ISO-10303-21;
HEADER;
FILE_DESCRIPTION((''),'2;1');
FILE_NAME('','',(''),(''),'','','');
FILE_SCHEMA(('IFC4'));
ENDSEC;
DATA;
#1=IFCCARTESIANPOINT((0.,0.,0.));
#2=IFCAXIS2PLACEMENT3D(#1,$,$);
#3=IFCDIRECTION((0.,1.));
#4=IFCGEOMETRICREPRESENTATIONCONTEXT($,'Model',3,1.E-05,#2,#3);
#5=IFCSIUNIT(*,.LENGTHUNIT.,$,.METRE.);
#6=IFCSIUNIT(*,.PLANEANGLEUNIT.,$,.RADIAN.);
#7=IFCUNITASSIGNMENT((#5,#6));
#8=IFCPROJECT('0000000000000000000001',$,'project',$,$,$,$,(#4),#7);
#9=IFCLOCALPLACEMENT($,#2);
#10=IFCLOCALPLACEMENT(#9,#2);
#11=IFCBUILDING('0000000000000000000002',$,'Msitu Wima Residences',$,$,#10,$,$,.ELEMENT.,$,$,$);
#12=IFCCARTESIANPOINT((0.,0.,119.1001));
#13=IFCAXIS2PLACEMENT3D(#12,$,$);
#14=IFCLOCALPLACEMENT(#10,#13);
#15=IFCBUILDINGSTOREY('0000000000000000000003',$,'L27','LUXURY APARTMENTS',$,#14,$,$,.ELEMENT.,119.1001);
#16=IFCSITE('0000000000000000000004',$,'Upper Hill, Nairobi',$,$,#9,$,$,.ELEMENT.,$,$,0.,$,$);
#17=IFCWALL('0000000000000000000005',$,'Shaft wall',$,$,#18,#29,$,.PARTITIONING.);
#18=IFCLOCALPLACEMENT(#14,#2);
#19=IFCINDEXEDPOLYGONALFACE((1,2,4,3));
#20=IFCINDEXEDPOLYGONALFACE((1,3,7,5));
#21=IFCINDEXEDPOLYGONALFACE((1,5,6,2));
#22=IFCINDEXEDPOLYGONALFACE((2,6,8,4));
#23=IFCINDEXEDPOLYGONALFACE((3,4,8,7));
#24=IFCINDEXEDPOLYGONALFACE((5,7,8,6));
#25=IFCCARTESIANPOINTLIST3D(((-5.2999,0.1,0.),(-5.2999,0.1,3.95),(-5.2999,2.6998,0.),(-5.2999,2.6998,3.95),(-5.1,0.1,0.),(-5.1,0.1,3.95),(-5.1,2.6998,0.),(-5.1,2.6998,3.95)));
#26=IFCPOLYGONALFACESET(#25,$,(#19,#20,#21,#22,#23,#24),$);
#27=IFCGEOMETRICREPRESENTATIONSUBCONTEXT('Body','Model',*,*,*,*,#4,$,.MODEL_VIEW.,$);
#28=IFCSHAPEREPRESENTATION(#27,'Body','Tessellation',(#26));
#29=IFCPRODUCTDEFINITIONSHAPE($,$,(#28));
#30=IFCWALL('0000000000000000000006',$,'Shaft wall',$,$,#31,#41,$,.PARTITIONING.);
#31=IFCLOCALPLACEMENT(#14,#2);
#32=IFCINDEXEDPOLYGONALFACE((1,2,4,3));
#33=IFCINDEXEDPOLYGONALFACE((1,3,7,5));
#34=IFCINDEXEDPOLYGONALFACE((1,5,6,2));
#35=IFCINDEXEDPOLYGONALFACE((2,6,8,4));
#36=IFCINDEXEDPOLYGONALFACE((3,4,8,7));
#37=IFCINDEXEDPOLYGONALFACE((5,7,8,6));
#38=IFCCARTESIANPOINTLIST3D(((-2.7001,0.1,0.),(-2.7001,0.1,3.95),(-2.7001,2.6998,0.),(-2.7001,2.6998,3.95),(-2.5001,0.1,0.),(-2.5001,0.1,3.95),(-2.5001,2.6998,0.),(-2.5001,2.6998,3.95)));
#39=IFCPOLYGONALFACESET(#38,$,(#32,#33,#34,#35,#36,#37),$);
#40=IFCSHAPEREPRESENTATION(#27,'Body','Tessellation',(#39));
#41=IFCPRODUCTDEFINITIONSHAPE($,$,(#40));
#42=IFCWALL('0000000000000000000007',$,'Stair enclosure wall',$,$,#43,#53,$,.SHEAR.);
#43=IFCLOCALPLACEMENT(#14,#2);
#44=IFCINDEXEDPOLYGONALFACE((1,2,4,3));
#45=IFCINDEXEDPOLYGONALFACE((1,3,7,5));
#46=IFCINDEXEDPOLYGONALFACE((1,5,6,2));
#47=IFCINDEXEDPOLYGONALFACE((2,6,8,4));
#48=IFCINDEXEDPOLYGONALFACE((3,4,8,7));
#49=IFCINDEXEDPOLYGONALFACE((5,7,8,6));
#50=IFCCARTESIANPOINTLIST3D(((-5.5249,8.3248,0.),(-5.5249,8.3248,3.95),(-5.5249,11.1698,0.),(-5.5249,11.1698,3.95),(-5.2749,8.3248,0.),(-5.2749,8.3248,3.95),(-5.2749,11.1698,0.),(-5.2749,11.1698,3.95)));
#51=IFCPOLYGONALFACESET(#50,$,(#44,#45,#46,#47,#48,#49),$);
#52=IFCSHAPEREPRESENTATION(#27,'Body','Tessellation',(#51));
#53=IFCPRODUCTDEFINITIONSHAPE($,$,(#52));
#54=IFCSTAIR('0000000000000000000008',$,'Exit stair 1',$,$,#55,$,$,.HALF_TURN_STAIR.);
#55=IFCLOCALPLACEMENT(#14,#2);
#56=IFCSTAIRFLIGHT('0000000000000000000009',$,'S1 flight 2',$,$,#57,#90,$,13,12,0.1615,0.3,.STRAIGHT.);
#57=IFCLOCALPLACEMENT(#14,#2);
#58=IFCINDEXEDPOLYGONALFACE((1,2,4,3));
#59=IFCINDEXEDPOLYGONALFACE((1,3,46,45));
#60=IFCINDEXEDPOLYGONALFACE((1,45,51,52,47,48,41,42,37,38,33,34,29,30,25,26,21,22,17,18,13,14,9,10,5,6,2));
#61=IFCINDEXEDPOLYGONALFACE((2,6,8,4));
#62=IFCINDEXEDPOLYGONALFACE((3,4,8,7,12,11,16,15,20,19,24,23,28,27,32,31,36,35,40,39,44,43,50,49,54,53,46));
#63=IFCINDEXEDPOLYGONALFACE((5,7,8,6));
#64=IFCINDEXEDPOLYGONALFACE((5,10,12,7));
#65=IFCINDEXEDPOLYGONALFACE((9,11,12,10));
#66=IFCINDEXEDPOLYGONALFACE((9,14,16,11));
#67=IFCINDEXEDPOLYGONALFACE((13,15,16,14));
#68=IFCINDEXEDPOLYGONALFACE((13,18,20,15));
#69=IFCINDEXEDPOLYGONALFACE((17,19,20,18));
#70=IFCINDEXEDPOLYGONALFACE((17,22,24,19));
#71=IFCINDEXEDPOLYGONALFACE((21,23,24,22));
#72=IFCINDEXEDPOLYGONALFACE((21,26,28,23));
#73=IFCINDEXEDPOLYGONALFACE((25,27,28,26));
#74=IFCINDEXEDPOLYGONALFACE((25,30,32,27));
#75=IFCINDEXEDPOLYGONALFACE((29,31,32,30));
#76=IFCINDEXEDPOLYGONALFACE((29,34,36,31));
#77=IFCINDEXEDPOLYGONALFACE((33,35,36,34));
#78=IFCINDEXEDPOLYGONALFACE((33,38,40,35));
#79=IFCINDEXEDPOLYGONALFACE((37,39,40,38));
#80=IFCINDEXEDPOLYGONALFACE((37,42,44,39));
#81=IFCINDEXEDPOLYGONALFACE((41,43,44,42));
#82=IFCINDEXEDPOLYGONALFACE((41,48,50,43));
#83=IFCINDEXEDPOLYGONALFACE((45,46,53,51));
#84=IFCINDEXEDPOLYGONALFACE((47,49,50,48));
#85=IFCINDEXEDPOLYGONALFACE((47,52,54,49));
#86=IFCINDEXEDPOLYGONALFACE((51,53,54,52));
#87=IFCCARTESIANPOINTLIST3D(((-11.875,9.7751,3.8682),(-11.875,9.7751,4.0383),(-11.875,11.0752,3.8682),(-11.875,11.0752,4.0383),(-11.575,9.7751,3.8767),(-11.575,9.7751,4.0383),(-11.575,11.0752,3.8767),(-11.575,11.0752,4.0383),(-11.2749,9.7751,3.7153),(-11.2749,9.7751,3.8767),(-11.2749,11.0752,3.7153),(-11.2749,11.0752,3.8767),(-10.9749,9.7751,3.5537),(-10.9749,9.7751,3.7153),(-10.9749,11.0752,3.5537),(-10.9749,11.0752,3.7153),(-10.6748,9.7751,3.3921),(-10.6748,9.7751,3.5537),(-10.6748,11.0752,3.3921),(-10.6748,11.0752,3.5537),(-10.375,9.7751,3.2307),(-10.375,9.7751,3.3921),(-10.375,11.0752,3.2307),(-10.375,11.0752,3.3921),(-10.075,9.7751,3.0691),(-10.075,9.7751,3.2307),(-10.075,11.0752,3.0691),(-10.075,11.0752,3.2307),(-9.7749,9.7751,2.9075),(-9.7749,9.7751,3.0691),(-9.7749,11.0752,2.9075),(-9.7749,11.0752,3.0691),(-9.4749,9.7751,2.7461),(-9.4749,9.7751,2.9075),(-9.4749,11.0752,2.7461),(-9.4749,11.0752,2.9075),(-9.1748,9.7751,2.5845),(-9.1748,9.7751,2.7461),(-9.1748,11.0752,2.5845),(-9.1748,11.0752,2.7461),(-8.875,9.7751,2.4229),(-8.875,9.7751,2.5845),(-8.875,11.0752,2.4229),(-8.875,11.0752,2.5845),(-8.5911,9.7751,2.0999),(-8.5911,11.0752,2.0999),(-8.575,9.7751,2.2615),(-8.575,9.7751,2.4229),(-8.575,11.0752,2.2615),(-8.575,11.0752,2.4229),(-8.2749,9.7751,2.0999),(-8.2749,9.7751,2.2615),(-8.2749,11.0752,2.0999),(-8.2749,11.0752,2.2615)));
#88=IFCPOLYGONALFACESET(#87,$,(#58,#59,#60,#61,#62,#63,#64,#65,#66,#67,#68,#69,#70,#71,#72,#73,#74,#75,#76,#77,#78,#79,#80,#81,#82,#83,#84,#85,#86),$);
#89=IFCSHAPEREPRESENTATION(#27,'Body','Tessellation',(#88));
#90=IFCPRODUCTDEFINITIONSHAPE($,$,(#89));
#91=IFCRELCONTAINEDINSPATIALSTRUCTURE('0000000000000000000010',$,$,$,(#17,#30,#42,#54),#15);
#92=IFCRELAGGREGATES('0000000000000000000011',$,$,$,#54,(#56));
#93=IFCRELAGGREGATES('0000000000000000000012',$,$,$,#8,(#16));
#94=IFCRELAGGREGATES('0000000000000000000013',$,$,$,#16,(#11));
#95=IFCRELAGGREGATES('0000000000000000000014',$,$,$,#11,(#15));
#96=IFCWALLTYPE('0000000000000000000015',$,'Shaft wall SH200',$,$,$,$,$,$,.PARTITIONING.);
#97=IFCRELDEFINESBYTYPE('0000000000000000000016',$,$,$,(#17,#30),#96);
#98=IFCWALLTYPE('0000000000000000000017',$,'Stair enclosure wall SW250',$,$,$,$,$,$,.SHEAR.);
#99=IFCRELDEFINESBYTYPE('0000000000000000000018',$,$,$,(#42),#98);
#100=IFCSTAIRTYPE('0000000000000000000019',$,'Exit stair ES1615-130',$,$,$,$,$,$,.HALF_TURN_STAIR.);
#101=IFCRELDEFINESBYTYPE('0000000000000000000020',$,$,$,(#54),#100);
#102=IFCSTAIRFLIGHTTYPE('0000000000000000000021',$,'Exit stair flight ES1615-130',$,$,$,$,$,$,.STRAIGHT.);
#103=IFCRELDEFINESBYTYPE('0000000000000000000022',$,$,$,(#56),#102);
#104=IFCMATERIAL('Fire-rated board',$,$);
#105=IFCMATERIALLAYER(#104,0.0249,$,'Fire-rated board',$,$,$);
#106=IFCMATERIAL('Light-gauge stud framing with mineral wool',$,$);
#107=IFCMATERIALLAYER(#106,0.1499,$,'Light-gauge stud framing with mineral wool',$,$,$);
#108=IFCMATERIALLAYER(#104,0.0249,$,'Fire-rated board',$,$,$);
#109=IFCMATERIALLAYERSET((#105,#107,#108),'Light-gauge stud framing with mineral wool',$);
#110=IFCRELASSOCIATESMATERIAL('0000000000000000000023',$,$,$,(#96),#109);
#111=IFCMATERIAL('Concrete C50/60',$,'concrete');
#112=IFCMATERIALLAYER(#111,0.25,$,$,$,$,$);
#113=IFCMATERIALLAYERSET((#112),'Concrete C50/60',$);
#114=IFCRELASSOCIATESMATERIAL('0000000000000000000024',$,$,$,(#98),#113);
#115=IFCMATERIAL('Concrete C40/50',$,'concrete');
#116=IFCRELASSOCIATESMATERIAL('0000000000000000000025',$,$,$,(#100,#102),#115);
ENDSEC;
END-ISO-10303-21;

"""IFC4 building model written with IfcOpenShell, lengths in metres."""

from ifc_helpers import new_model, si_unit, direction, frame, frame_2d, origin, place, context, subcontext, project, spatial, polyline, rectangle, outline, extrude, material, layer, layer_set, type_object, element, aggregate, save


model = new_model("IFC4")

# Units and contexts
model_context = context("Model", 3, precision=1e-05, world=origin(), true_north=direction((0.0, 1.0)))
body_context = subcontext(model_context, "Body", "Model", "MODEL_VIEW")
ifc_project = project(units=[si_unit("LENGTHUNIT", "METRE"), si_unit("PLANEANGLEUNIT", "RADIAN")], contexts=[model_context])

# Site, building, storey
site_placement = place(None, origin())
site = spatial("IfcSite", under=ifc_project, at=site_placement, Name="Upper Hill, Nairobi", CompositionType="ELEMENT", RefElevation=0.0)
building_placement = place(site_placement, origin())
building = spatial("IfcBuilding", under=site, at=building_placement, Name="Msitu Wima Residences", CompositionType="ELEMENT")
storey_placement = place(building_placement, frame((0.0, 0.0, 119.1001)))
storey = spatial("IfcBuildingStorey", under=building, at=storey_placement, Name="L27", Description="LUXURY APARTMENTS", CompositionType="ELEMENT", Elevation=119.1001)

# Shared definitions
ifc_material_1 = material(Name="Concrete C40/50", Category="concrete")

# Walls
ifc_material_2 = material(Name="Fire-rated board")
ifc_layer_1 = layer(ifc_material_2, 0.0249, Name="Fire-rated board")
ifc_material_3 = material(Name="Light-gauge stud framing with mineral wool")
ifc_layer_2 = layer(ifc_material_3, 0.1499, Name="Light-gauge stud framing with mineral wool")
ifc_layer_3 = layer(ifc_material_2, 0.0249, Name="Fire-rated board")
ifc_layer_set_1 = layer_set([ifc_layer_1, ifc_layer_2, ifc_layer_3], Name="Light-gauge stud framing with mineral wool")
wall_type_1 = type_object("IfcWallType", Name="Shaft wall SH200", PredefinedType="PARTITIONING", material=ifc_layer_set_1)
for number, where, z_axis, x_axis, name in (
    (1, (-5.2, 0.1001, 0.0), (0.0, 0.0, 1.0), (0.0, 1.0, 0.0), "Shaft wall"),
    (2, (-2.6001, 0.1001, 0.0), (0.0, 0.0, 1.0), (0.0, 1.0, 0.0), "Shaft wall"),
):
    element("IfcWall", number, at=place(storey_placement, frame(where, z_axis=z_axis, x_axis=x_axis)), inside=storey, type_object=wall_type_1, Name=name, PredefinedType="PARTITIONING", context=body_context, shape_type="SweptSolid", body=[
        extrude(rectangle(XDim=2.5999, YDim=0.2, at=frame_2d((1.2998, 0.0))), origin(), (0.0, 0.0, 1.0), 3.95),
    ])
ifc_material_4 = material(Name="Concrete C50/60", Category="concrete")
ifc_layer_4 = layer(ifc_material_4, 0.25)
ifc_layer_set_2 = layer_set([ifc_layer_4], Name="Concrete C50/60")
wall_type_2 = type_object("IfcWallType", Name="Stair enclosure wall SW250", PredefinedType="SHEAR", material=ifc_layer_set_2)
wall_1_placement = place(storey_placement, frame((-5.3999, 8.325, 0.0), z_axis=(0.0, 0.0, 1.0), x_axis=(0.0, 1.0, 0.0)))
element("IfcWall", 3, at=wall_1_placement, inside=storey, type_object=wall_type_2, Name="Stair enclosure wall", PredefinedType="SHEAR", context=body_context, shape_type="SweptSolid", body=[
    extrude(rectangle(XDim=2.845, YDim=0.25, at=frame_2d((1.4224, 0.0))), origin(), (0.0, 0.0, 1.0), 3.95),
])

# Stair, stair flight
stair_type = type_object("IfcStairType", Name="Exit stair ES1615-130", PredefinedType="HALF_TURN_STAIR", material=ifc_material_1)
stair_placement = place(storey_placement, origin())
stair = element("IfcStair", 4, at=stair_placement, inside=storey, type_object=stair_type, Name="Exit stair 1", PredefinedType="HALF_TURN_STAIR")
stair_flight_type = type_object("IfcStairFlightType", Name="Exit stair flight ES1615-130", PredefinedType="STRAIGHT", material=ifc_material_1)
stair_flight_placement = place(storey_placement, frame((-8.2749, 10.425, 2.0999), z_axis=(0.0, 0.0, 1.0), x_axis=(-1.0, 0.0, 0.0)))
stair_flight = element("IfcStairFlight", 5, at=stair_flight_placement, type_object=stair_flight_type, Name="S1 flight 2", NumberOfRisers=13, NumberOfTreads=12, PredefinedType="STRAIGHT", RiserHeight=0.1615, TreadLength=0.3, context=body_context, shape_type="SweptSolid", body=[
    extrude(outline(polyline([(0.0, 0.0), (0.0, 0.1616), (0.3, 0.1616), (0.3, 0.323), (0.6001, 0.323), (0.6001, 0.4846), (0.8999, 0.4846), (0.8999, 0.6462), (1.2, 0.6462), (1.2, 0.8076), (1.5, 0.8076), (1.5, 0.9692), (1.8, 0.9692), (1.8, 1.1309), (2.1001, 1.1309), (2.1001, 1.2922), (2.3999, 1.2922), (2.3999, 1.4539), (2.7, 1.4539), (2.7, 1.6155), (3.0, 1.6155), (3.0, 1.7769), (3.3, 1.7769), (3.3, 1.9385), (3.6001, 1.9385), (3.6001, 2.1001), (3.6001, 1.7683), (0.3162, 0.0), (0.0, 0.0)])), frame((0.0, 0.6499, 0.0), z_axis=(0.0, -1.0, 0.0), x_axis=(1.0, 0.0, 0.0)), (0.0, 0.0, 1.0), 1.3),
])
aggregate(stair, [stair_flight])

save(model, "model.ifc")
